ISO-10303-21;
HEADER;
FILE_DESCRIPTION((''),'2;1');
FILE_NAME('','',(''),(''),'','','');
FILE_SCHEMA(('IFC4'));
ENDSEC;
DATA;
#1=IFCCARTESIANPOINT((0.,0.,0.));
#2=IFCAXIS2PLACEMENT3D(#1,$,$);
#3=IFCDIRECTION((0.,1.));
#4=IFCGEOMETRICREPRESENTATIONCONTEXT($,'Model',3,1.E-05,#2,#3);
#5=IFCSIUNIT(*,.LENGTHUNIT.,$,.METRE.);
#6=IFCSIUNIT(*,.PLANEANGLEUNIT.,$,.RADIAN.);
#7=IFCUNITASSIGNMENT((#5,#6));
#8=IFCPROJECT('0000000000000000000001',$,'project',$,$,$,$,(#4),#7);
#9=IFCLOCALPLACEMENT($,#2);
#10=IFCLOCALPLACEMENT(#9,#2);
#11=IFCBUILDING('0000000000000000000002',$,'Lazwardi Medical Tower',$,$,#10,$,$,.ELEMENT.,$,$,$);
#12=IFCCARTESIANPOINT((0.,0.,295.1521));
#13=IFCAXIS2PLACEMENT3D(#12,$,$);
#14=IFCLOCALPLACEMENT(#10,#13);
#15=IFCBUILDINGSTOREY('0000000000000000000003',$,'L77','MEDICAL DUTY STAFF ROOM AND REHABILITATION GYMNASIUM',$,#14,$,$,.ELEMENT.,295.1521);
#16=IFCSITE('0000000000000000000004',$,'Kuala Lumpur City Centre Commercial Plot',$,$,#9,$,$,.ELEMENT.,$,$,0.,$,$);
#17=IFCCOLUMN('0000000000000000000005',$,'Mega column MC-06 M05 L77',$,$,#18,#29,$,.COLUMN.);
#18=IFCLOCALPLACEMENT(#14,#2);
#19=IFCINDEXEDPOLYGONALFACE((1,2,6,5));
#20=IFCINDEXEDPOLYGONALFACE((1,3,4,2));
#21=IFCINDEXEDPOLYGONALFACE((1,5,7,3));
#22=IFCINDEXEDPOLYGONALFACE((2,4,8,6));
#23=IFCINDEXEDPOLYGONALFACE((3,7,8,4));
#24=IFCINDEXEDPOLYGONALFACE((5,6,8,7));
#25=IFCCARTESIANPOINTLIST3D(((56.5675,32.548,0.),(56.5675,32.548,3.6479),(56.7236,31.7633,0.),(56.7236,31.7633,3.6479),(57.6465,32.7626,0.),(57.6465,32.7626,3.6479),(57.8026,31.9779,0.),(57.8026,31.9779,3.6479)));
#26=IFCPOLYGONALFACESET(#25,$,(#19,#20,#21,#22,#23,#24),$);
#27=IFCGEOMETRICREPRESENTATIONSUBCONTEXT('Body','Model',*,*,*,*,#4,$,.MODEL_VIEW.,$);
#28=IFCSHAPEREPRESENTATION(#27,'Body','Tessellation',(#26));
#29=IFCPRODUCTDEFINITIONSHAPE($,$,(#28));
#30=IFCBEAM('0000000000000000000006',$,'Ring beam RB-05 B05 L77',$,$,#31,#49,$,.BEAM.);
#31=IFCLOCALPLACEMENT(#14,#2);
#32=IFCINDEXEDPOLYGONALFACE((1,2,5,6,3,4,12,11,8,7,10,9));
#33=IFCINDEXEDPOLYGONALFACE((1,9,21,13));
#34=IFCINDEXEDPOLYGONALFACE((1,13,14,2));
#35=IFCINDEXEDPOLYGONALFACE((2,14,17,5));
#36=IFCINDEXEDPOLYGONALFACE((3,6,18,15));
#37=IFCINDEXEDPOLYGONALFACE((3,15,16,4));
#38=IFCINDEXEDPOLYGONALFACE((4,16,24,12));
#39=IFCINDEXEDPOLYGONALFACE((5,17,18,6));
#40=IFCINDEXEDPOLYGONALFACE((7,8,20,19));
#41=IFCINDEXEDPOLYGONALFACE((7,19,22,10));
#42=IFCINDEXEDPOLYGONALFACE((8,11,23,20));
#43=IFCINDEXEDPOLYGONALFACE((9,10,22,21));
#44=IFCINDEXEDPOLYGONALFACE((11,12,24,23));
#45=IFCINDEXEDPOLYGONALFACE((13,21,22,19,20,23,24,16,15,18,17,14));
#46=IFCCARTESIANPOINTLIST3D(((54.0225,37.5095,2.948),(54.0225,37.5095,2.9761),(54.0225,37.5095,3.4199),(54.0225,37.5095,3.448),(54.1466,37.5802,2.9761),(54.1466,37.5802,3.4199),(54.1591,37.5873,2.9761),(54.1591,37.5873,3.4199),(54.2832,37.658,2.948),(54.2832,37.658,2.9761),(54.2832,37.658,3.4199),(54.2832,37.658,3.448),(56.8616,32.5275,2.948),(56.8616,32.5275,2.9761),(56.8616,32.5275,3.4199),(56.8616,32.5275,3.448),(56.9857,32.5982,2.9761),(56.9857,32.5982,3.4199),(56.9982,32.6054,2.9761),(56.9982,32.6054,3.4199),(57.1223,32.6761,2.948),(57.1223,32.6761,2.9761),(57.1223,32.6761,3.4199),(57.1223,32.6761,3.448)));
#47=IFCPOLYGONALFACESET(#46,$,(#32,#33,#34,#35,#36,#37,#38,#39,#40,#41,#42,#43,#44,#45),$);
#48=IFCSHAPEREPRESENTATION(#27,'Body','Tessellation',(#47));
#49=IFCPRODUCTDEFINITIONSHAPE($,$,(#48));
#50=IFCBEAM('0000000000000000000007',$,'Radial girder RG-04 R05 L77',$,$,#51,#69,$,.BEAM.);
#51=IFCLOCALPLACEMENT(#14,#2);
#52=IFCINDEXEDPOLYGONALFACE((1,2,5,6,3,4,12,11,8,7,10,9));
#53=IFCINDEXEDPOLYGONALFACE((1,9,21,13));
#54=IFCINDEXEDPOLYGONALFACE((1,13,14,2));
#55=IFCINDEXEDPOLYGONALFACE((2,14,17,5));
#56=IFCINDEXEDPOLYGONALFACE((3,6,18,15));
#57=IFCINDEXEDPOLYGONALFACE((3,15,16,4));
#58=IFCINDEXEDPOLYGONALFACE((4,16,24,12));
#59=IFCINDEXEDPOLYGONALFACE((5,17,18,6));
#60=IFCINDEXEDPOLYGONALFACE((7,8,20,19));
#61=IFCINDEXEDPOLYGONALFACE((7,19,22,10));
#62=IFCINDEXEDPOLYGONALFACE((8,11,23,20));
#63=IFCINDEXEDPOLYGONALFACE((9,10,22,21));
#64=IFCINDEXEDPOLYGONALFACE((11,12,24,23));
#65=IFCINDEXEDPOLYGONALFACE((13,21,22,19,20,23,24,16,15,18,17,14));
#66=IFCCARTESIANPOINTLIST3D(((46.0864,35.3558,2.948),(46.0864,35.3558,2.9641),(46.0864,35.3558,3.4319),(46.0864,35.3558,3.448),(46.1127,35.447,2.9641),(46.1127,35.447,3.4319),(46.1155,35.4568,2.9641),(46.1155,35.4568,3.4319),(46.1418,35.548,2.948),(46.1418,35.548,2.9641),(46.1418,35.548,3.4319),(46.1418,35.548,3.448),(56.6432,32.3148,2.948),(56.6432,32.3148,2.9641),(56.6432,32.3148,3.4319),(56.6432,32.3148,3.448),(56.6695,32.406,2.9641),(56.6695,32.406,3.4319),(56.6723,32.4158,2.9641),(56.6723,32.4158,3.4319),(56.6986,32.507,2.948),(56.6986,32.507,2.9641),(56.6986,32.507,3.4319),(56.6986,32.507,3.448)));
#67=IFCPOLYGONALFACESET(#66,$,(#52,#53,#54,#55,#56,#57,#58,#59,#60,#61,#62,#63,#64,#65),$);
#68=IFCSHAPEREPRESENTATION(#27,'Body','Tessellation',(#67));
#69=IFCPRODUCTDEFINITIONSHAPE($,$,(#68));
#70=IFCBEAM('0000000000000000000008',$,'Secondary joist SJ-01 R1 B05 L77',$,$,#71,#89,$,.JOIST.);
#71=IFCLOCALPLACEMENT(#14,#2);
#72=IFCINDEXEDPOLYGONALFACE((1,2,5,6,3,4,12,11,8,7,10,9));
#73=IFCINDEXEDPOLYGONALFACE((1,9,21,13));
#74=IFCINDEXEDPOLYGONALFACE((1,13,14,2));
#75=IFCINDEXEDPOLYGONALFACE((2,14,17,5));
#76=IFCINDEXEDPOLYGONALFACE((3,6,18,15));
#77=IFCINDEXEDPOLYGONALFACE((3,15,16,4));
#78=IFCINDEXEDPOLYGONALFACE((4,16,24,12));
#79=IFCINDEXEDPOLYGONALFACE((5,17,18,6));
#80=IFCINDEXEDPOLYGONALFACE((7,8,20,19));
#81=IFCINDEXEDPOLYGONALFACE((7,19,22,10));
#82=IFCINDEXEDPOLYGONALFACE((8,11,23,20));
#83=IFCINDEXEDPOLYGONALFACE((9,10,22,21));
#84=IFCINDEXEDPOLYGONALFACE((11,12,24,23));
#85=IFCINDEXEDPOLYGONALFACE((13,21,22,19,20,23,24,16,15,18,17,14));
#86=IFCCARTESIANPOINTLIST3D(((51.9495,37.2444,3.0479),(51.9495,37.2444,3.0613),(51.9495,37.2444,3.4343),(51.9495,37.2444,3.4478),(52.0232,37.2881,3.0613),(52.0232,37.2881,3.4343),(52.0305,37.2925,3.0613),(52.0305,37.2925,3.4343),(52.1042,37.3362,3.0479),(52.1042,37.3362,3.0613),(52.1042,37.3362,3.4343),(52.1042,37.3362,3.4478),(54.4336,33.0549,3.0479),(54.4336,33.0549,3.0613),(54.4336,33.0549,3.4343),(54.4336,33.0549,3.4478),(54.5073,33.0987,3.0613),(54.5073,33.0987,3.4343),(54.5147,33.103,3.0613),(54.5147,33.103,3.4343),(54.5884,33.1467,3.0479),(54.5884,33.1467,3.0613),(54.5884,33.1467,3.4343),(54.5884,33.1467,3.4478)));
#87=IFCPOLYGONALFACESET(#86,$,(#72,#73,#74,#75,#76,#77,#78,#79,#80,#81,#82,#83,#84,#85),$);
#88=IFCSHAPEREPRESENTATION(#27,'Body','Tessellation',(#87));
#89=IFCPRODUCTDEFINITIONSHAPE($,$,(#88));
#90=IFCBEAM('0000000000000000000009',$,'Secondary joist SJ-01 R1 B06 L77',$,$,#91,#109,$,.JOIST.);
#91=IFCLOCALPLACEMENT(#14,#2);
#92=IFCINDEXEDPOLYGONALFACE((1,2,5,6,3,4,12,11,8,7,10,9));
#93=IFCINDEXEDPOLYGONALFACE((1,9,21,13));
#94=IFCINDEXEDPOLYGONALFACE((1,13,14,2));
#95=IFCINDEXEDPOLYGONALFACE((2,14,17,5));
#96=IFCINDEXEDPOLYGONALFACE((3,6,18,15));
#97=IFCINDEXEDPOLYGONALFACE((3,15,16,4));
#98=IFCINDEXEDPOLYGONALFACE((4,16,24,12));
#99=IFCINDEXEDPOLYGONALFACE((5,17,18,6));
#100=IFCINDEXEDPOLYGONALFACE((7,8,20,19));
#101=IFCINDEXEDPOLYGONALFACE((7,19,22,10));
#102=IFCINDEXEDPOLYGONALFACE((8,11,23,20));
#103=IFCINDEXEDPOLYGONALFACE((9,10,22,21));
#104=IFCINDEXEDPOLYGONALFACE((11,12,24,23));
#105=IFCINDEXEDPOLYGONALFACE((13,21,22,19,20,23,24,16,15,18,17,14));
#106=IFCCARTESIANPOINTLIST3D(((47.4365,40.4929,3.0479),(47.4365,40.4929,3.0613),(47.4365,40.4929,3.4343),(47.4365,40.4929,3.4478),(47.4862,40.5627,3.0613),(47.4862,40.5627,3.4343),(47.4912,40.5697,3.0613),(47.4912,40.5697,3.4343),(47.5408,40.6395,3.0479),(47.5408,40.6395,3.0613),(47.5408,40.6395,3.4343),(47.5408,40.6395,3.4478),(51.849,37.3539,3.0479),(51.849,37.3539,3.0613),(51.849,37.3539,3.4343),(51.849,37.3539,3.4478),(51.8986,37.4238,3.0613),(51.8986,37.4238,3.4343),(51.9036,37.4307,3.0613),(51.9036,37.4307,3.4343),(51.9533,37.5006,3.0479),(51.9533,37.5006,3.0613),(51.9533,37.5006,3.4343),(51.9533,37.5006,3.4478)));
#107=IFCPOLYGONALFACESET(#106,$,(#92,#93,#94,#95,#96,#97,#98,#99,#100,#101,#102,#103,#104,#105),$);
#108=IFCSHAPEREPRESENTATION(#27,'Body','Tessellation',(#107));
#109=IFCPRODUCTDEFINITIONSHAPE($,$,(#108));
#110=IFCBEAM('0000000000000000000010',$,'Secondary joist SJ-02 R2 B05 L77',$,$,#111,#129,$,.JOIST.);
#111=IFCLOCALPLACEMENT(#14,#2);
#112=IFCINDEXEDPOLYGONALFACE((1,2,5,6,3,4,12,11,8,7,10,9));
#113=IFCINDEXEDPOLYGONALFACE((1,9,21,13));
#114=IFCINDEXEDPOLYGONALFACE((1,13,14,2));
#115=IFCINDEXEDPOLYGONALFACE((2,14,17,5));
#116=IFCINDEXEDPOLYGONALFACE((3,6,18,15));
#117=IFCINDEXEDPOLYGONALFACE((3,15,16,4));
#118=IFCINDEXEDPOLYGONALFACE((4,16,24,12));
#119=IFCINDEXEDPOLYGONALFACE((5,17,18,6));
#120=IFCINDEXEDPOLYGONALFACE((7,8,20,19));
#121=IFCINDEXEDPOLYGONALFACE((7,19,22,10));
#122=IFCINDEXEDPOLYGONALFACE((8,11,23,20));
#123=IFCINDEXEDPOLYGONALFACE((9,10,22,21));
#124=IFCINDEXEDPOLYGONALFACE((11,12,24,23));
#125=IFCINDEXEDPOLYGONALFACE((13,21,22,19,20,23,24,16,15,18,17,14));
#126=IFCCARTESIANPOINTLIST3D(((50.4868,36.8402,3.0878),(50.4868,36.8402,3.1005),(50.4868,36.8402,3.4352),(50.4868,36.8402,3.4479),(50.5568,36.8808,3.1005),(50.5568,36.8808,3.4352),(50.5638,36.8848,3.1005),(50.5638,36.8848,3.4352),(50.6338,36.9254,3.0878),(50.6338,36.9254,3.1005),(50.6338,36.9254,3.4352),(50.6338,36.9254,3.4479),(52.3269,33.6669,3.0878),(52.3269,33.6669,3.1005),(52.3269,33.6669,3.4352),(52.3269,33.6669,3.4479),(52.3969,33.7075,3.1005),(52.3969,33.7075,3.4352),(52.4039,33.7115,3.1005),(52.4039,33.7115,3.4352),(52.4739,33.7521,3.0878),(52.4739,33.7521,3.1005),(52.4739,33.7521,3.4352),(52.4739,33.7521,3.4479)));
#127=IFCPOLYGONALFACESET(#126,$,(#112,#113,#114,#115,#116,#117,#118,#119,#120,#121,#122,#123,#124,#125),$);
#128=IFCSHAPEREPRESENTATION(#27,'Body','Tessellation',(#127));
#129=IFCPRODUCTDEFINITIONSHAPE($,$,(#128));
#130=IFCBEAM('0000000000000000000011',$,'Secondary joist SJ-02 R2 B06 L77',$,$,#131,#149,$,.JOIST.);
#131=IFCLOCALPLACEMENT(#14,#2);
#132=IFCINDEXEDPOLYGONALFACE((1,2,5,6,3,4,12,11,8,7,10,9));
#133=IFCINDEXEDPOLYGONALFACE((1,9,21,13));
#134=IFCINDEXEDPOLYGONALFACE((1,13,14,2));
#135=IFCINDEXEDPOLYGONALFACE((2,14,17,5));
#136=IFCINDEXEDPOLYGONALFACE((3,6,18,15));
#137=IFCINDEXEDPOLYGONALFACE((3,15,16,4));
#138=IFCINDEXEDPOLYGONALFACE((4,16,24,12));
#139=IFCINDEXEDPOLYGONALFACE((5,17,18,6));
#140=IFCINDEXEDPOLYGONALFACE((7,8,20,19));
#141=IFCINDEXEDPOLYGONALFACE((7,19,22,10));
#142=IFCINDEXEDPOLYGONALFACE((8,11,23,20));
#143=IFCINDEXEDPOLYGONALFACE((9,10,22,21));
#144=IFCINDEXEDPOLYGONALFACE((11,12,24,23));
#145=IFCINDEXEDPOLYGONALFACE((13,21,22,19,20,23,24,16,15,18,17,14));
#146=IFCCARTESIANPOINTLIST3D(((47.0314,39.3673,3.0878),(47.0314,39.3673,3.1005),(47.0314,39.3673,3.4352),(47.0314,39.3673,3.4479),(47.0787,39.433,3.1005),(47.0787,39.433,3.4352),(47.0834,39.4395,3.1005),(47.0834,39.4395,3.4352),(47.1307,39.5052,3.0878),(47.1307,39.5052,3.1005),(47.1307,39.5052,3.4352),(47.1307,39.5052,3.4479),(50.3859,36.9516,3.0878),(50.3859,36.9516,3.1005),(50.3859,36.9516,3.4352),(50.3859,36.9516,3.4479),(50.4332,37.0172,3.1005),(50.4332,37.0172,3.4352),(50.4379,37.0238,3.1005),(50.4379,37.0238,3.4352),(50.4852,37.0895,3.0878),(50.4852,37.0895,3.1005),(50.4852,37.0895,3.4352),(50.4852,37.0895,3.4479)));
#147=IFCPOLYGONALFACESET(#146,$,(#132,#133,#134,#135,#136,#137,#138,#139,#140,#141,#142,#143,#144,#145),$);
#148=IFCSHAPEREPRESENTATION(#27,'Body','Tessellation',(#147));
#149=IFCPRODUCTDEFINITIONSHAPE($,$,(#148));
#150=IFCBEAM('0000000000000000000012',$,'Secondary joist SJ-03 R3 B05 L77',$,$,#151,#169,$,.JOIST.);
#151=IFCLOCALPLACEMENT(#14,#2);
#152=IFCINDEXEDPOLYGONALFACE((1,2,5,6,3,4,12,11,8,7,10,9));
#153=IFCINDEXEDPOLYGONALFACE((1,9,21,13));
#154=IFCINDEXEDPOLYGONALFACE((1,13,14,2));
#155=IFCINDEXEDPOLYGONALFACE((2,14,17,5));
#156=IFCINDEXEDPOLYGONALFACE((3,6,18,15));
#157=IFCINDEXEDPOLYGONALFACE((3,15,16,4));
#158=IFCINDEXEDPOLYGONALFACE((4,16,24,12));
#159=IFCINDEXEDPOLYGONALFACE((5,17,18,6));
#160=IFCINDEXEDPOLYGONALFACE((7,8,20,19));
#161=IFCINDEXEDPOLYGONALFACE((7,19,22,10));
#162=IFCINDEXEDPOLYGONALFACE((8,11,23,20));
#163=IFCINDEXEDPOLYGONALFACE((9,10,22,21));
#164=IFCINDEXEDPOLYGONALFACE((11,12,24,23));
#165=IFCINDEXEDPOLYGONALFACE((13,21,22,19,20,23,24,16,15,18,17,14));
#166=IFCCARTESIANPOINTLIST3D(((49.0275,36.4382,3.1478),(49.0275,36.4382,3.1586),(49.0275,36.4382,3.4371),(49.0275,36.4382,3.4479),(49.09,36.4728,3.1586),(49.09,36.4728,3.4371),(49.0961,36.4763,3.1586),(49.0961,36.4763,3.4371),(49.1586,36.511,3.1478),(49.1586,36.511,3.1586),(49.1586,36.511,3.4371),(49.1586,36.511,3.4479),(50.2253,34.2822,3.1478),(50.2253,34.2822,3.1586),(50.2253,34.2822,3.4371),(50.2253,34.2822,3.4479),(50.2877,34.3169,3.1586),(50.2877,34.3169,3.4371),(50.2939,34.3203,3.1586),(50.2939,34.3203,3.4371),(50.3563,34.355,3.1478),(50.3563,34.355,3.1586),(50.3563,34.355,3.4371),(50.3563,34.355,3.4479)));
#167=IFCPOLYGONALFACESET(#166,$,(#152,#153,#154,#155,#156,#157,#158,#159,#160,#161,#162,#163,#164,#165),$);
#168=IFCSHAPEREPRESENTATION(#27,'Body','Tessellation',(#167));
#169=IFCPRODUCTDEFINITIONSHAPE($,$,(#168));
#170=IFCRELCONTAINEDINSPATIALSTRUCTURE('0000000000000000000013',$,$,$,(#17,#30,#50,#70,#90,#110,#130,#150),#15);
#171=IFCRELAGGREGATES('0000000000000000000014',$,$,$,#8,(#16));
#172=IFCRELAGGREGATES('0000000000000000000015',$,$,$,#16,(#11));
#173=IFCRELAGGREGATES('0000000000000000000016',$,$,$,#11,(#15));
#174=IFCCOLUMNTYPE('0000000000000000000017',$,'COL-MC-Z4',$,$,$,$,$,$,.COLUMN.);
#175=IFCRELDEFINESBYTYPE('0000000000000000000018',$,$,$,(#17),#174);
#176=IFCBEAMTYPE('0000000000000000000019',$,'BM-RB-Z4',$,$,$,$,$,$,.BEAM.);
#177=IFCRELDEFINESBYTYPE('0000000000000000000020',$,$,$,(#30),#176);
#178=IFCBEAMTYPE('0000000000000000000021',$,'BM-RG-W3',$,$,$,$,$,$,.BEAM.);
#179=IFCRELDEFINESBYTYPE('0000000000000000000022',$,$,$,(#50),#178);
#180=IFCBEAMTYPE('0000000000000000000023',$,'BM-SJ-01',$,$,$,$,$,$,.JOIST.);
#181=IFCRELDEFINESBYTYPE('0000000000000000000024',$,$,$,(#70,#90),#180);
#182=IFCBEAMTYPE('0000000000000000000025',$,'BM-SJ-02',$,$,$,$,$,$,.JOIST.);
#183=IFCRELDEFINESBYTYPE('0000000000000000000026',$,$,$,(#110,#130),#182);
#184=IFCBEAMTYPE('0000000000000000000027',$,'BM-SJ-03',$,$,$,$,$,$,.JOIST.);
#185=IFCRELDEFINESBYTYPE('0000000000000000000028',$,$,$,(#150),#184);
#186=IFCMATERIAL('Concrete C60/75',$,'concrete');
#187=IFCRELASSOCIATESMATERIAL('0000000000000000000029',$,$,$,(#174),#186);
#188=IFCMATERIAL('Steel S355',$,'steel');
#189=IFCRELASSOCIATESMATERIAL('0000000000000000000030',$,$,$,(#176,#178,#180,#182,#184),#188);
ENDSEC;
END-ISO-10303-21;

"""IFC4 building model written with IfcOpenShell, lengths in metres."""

from ifc_helpers import new_model, si_unit, direction, frame, origin, origin_2d, place, context, subcontext, project, spatial, rectangle, i_section, extrude, material, material_profile, profile_set, type_object, element, save


model = new_model("IFC4")

# Units and contexts
model_context = context("Model", 3, precision=1e-05, world=origin(), true_north=direction((0.0, 1.0)))
body_context = subcontext(model_context, "Body", "Model", "MODEL_VIEW")
ifc_project = project(units=[si_unit("LENGTHUNIT", "METRE"), si_unit("PLANEANGLEUNIT", "RADIAN")], contexts=[model_context])

# Site, building, storey
site_placement = place(None, origin())
site = spatial("IfcSite", under=ifc_project, at=site_placement, Name="Kuala Lumpur City Centre Commercial Plot", CompositionType="ELEMENT", RefElevation=0.0)
building_placement = place(site_placement, origin())
building = spatial("IfcBuilding", under=site, at=building_placement, Name="Lazwardi Medical Tower", CompositionType="ELEMENT")
storey_placement = place(building_placement, frame((0.0, 0.0, 295.1521)))
storey = spatial("IfcBuildingStorey", under=building, at=storey_placement, Name="L77", Description="MEDICAL DUTY STAFF ROOM AND REHABILITATION GYMNASIUM", CompositionType="ELEMENT", Elevation=295.1521)

# Column
ifc_material_1 = material(Name="Concrete C60/75", Category="concrete")
ifc_material_profile_1 = material_profile(ifc_material_1, rectangle(XDim=1.1001, YDim=0.8, at=origin_2d()), Name="CFT-RECT 1100x800")
ifc_profile_set_1 = profile_set([ifc_material_profile_1], Name="Concrete C60/75")
column_type = type_object("IfcColumnType", Name="COL-MC-Z4", PredefinedType="COLUMN", material=ifc_profile_set_1)
column_placement = place(storey_placement, frame((57.1851, 32.2629, 0.0), z_axis=(0.0, 0.0, 1.0), x_axis=(0.980785, 0.19509, 0.0)))
element("IfcColumn", 1, at=column_placement, inside=storey, type_object=column_type, Name="Mega column MC-06 M05 L77", PredefinedType="COLUMN", context=body_context, shape_type="SweptSolid", body=[
    extrude(rectangle(XDim=1.1001, YDim=0.8, at=origin_2d()), origin(), (0.0, 0.0, 1.0), 3.6479),
])

# Beams
ifc_material_2 = material(Name="Steel S355", Category="steel")
ifc_material_profile_2 = material_profile(ifc_material_2, i_section(OverallWidth=0.3, OverallDepth=0.5, WebThickness=0.0144, FlangeThickness=0.0281, at=origin_2d()), Name="HEB 500")
ifc_profile_set_2 = profile_set([ifc_material_profile_2], Name="Steel S355")
beam_type_1 = type_object("IfcBeamType", Name="BM-RB-Z4", PredefinedType="BEAM", material=ifc_profile_set_2)
beam_1_placement = place(storey_placement, frame((56.9919, 32.6018, 3.198), z_axis=(-0.495125, 0.868822, 0.0), x_axis=(-0.868822, -0.495125, 0.0)))
element("IfcBeam", 2, at=beam_1_placement, inside=storey, type_object=beam_type_1, Name="Ring beam RB-05 B05 L77", PredefinedType="BEAM", context=body_context, shape_type="SweptSolid", body=[
    extrude(i_section(OverallWidth=0.3, OverallDepth=0.5, WebThickness=0.0144, FlangeThickness=0.0281, at=origin_2d()), origin(), (0.0, 0.0, 1.0), 5.7341),
])
ifc_material_profile_3 = material_profile(ifc_material_2, i_section(OverallWidth=0.2, OverallDepth=0.5, WebThickness=0.0103, FlangeThickness=0.0161, at=origin_2d()), Name="IPE 500")
ifc_profile_set_3 = profile_set([ifc_material_profile_3], Name="Steel S355")
beam_type_2 = type_object("IfcBeamType", Name="BM-RG-W3", PredefinedType="BEAM", material=ifc_profile_set_3)
beam_2_placement = place(storey_placement, frame((56.6709, 32.4109, 3.198), z_axis=(-0.960926, 0.276804, 0.0), x_axis=(-0.276804, -0.960926, 0.0)))
element("IfcBeam", 3, at=beam_2_placement, inside=storey, type_object=beam_type_2, Name="Radial girder RG-04 R05 L77", PredefinedType="BEAM", context=body_context, shape_type="SweptSolid", body=[
    extrude(i_section(OverallWidth=0.2, OverallDepth=0.5, WebThickness=0.0103, FlangeThickness=0.0161, at=origin_2d()), origin(), (0.0, 0.0, 1.0), 10.9861),
])
ifc_material_profile_4 = material_profile(ifc_material_2, i_section(OverallWidth=0.1799, OverallDepth=0.3999, WebThickness=0.0085, FlangeThickness=0.0134, at=origin_2d()), Name="IPE 400")
ifc_profile_set_4 = profile_set([ifc_material_profile_4], Name="Steel S355")
beam_type_3 = type_object("IfcBeamType", Name="BM-SJ-01", PredefinedType="JOIST", material=ifc_profile_set_4)
beam_3_placement = place(storey_placement, frame((54.511, 33.1008, 3.2478), z_axis=(-0.510029, 0.860157, 0.0), x_axis=(-0.860157, -0.510029, 0.0)))
element("IfcBeam", 4, at=beam_3_placement, inside=storey, type_object=beam_type_3, Name="Secondary joist SJ-01 R1 B05 L77", PredefinedType="JOIST", context=body_context, shape_type="SweptSolid", body=[
    extrude(i_section(OverallWidth=0.1799, OverallDepth=0.3999, WebThickness=0.0085, FlangeThickness=0.0134, at=origin_2d()), origin(), (0.0, 0.0, 1.0), 4.8706),
])
beam_4_placement = place(storey_placement, frame((51.9011, 37.4272, 3.2478), z_axis=(-0.814847, 0.579676, 0.0), x_axis=(-0.579676, -0.814847, 0.0)))
element("IfcBeam", 5, at=beam_4_placement, inside=storey, type_object=beam_type_3, Name="Secondary joist SJ-01 R1 B06 L77", PredefinedType="JOIST", context=body_context, shape_type="SweptSolid", body=[
    extrude(i_section(OverallWidth=0.1799, OverallDepth=0.3999, WebThickness=0.0085, FlangeThickness=0.0134, at=origin_2d()), origin(), (0.0, 0.0, 1.0), 5.415),
])
ifc_material_profile_5 = material_profile(ifc_material_2, i_section(OverallWidth=0.1699, OverallDepth=0.3601, WebThickness=0.0081, FlangeThickness=0.0127, at=origin_2d()), Name="IPE 360")
ifc_profile_set_5 = profile_set([ifc_material_profile_5], Name="Steel S355")
beam_type_4 = type_object("IfcBeamType", Name="BM-SJ-02", PredefinedType="JOIST", material=ifc_profile_set_5)
beam_5_placement = place(storey_placement, frame((52.4004, 33.7095, 3.2678), z_axis=(-0.501626, 0.865084, 0.0), x_axis=(-0.865084, -0.501626, 0.0)))
element("IfcBeam", 6, at=beam_5_placement, inside=storey, type_object=beam_type_4, Name="Secondary joist SJ-02 R2 B05 L77", PredefinedType="JOIST", context=body_context, shape_type="SweptSolid", body=[
    extrude(i_section(OverallWidth=0.1699, OverallDepth=0.3601, WebThickness=0.0081, FlangeThickness=0.0127, at=origin_2d()), origin(), (0.0, 0.0, 1.0), 3.6682),
])
beam_6_placement = place(storey_placement, frame((50.4355, 37.0205, 3.2678), z_axis=(-0.811473, 0.58439, 0.0), x_axis=(-0.58439, -0.811473, 0.0)))
element("IfcBeam", 7, at=beam_6_placement, inside=storey, type_object=beam_type_4, Name="Secondary joist SJ-02 R2 B06 L77", PredefinedType="JOIST", context=body_context, shape_type="SweptSolid", body=[
    extrude(i_section(OverallWidth=0.1699, OverallDepth=0.3601, WebThickness=0.0081, FlangeThickness=0.0127, at=origin_2d()), origin(), (0.0, 0.0, 1.0), 4.1338),
])
ifc_material_profile_6 = material_profile(ifc_material_2, i_section(OverallWidth=0.1499, OverallDepth=0.3, WebThickness=0.0071, FlangeThickness=0.0107, at=origin_2d()), Name="IPE 300")
ifc_profile_set_6 = profile_set([ifc_material_profile_6], Name="Steel S355")
beam_type_5 = type_object("IfcBeamType", Name="BM-SJ-03", PredefinedType="JOIST", material=ifc_profile_set_6)
beam_7_placement = place(storey_placement, frame((50.2908, 34.3186, 3.2979), z_axis=(-0.485635, 0.874162, 0.0), x_axis=(-0.874162, -0.485635, 0.0)))
element("IfcBeam", 8, at=beam_7_placement, inside=storey, type_object=beam_type_5, Name="Secondary joist SJ-03 R3 B05 L77", PredefinedType="JOIST", context=body_context, shape_type="SweptSolid", body=[
    extrude(i_section(OverallWidth=0.1499, OverallDepth=0.3, WebThickness=0.0071, FlangeThickness=0.0107, at=origin_2d()), origin(), (0.0, 0.0, 1.0), 2.4663),
])

save(model, "model.ifc")
